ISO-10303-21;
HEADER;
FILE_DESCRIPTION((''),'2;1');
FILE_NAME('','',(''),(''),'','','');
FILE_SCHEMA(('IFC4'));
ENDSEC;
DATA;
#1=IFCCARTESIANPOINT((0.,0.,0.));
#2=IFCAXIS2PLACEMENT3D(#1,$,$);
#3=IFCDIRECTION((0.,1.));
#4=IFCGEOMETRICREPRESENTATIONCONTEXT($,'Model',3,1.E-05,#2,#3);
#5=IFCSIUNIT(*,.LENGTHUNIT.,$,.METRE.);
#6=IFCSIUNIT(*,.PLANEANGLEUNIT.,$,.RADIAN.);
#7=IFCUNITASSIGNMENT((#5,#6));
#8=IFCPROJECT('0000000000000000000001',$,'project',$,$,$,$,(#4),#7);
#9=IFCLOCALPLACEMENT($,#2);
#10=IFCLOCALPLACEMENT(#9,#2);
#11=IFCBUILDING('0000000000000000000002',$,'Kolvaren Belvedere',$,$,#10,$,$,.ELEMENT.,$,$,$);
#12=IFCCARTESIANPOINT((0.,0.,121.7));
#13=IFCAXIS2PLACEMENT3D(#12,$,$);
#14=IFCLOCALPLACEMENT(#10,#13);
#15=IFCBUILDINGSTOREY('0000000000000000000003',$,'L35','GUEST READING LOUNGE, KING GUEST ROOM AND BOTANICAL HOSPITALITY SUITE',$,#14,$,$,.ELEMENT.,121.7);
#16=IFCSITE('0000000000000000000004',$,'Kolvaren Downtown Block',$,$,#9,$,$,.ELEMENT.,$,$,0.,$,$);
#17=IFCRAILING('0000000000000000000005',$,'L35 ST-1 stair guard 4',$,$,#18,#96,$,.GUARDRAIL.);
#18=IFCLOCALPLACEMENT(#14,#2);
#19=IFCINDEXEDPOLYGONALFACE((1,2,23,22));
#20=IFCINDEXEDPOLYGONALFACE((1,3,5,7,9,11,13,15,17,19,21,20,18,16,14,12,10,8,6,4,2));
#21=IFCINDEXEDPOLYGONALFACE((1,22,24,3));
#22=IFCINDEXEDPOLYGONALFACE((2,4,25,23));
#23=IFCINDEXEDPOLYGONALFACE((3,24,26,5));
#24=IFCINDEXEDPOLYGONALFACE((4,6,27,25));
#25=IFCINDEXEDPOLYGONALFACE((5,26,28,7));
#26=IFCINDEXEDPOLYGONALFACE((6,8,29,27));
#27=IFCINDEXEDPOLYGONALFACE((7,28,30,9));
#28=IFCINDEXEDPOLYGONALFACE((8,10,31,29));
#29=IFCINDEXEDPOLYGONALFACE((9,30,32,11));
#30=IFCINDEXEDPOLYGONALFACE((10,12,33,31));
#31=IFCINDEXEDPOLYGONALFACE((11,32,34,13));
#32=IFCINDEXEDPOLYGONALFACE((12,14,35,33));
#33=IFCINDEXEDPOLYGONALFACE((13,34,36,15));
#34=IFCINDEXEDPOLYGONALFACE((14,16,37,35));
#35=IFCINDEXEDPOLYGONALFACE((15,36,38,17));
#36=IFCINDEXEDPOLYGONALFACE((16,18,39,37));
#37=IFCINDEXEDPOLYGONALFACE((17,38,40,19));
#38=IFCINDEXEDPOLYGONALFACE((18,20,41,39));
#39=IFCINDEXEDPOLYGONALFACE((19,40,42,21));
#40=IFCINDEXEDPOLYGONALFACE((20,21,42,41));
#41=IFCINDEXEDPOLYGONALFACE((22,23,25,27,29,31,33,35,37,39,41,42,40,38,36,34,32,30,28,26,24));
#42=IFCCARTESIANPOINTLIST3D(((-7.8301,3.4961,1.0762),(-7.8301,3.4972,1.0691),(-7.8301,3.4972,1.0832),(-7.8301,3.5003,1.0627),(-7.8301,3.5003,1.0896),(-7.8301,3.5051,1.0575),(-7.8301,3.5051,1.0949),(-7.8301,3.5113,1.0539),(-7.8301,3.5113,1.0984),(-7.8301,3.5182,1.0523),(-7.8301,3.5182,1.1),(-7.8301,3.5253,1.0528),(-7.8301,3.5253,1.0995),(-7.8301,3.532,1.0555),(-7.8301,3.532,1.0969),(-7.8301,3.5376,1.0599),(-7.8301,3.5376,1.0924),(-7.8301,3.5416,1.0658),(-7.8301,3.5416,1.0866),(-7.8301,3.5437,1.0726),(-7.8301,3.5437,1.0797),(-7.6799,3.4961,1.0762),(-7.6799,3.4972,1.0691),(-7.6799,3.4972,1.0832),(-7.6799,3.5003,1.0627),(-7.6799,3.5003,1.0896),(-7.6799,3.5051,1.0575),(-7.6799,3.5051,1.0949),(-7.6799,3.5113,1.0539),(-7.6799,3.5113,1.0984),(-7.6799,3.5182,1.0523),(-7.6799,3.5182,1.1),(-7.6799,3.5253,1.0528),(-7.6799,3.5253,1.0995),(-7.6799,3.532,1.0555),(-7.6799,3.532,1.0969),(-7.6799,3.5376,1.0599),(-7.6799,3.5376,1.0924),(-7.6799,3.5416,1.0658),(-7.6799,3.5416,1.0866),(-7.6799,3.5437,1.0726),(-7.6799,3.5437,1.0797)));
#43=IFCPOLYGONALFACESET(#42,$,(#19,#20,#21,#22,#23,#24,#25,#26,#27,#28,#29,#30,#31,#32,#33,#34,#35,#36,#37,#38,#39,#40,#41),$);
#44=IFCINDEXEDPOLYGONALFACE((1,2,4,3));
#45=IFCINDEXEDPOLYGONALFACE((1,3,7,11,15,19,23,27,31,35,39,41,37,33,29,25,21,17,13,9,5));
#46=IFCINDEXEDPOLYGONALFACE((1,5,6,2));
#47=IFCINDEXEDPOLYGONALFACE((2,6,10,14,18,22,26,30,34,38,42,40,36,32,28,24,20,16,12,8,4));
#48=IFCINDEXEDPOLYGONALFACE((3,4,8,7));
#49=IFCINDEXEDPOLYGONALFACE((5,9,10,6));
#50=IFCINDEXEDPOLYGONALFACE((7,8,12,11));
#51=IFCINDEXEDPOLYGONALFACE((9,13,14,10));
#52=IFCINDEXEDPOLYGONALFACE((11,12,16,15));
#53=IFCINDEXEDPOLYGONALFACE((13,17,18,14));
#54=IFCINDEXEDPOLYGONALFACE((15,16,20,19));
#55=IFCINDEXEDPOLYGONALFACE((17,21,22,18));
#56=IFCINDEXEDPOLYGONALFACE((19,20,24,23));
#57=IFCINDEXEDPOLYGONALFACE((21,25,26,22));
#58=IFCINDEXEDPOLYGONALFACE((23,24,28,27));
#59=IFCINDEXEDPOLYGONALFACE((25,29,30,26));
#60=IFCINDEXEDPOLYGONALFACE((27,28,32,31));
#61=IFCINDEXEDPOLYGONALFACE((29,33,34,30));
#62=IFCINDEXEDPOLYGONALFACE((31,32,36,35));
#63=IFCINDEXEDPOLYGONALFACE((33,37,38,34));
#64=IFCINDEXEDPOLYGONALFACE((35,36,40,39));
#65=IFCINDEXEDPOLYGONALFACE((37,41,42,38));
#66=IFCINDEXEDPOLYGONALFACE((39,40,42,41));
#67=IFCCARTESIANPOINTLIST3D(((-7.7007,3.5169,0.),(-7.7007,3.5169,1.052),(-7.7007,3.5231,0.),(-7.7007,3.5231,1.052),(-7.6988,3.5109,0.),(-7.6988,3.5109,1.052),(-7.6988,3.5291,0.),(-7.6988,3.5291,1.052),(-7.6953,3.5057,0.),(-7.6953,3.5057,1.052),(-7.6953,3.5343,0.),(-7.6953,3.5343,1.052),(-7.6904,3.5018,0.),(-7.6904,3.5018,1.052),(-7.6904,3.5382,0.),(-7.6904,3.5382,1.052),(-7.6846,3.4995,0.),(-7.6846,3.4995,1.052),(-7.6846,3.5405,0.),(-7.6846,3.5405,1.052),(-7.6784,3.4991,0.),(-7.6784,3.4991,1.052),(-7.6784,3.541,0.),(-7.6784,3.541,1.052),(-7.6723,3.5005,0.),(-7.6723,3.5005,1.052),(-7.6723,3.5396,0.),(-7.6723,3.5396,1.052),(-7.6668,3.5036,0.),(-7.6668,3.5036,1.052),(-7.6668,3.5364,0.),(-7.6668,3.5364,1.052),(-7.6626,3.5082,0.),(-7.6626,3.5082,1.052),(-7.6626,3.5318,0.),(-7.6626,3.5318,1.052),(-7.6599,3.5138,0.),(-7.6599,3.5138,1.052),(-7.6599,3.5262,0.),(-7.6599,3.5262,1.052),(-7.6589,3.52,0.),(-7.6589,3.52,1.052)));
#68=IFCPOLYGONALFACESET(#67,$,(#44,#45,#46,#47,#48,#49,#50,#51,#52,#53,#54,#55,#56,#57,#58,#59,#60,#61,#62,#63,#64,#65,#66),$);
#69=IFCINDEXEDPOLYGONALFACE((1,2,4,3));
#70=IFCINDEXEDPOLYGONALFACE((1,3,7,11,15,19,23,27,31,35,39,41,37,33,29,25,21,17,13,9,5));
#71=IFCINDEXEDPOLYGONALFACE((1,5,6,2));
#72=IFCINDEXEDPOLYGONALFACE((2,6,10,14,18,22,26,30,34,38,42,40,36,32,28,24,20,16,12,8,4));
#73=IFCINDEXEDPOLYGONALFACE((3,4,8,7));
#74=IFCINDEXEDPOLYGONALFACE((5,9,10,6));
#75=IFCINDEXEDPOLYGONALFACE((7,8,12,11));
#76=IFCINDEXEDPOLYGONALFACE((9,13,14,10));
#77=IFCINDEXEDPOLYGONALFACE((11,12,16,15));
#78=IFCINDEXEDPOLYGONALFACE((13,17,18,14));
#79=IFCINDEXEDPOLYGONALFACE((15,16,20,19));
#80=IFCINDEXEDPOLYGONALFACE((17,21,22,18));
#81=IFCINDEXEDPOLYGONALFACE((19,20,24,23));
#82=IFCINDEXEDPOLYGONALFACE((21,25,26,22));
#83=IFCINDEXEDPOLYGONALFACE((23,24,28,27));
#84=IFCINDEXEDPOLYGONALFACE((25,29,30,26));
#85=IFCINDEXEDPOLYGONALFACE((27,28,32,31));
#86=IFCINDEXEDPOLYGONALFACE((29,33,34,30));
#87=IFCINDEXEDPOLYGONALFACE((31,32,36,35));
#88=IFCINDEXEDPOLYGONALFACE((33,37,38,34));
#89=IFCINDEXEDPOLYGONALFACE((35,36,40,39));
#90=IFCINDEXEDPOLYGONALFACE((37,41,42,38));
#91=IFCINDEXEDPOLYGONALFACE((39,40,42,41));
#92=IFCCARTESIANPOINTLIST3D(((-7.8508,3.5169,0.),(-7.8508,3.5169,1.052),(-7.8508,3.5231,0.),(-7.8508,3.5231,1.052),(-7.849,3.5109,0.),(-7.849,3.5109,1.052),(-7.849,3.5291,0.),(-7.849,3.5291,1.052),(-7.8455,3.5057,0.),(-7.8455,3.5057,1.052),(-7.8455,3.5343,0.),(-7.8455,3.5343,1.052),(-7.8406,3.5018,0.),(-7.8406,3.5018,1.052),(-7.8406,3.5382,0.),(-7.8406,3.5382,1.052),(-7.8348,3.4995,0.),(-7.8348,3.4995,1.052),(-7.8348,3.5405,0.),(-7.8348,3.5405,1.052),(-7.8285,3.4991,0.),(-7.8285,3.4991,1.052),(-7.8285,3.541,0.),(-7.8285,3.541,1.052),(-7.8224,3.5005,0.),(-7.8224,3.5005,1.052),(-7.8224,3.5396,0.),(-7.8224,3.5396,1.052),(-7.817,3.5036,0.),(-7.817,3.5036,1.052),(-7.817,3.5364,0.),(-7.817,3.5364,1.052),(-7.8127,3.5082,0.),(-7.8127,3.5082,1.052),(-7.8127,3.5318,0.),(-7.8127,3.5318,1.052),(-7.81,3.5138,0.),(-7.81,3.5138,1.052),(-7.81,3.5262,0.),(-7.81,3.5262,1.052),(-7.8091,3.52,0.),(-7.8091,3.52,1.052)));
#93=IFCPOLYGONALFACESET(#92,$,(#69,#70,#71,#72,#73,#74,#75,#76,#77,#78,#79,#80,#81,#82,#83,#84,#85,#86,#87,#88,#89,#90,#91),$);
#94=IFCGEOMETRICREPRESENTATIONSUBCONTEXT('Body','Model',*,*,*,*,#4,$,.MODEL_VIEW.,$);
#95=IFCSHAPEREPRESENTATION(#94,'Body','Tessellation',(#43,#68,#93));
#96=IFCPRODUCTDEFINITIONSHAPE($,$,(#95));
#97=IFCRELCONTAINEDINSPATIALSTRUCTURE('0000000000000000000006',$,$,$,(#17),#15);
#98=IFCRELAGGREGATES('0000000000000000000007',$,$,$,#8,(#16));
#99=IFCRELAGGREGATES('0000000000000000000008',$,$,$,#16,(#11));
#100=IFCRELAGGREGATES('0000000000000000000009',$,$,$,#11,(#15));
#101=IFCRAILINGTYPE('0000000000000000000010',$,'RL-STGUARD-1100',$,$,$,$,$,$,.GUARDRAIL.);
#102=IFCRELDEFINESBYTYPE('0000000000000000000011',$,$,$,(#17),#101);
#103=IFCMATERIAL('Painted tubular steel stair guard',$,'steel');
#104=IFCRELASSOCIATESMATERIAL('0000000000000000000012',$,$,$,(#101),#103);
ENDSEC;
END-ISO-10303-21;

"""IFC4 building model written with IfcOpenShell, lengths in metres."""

from ifc_helpers import new_model, si_unit, direction, frame, origin, origin_2d, place, context, subcontext, project, spatial, circle, extrude, material, type_object, element, save


model = new_model("IFC4")

# Units and contexts
model_context = context("Model", 3, precision=1e-05, world=origin(), true_north=direction((0.0, 1.0)))
body_context = subcontext(model_context, "Body", "Model", "MODEL_VIEW")
ifc_project = project(units=[si_unit("LENGTHUNIT", "METRE"), si_unit("PLANEANGLEUNIT", "RADIAN")], contexts=[model_context])

# Site, building, storey
site_placement = place(None, origin())
site = spatial("IfcSite", under=ifc_project, at=site_placement, Name="Kolvaren Downtown Block", CompositionType="ELEMENT", RefElevation=0.0)
building_placement = place(site_placement, origin())
building = spatial("IfcBuilding", under=site, at=building_placement, Name="Kolvaren Belvedere", CompositionType="ELEMENT")
storey_placement = place(building_placement, frame((0.0, 0.0, 121.7)))
storey = spatial("IfcBuildingStorey", under=building, at=storey_placement, Name="L35", Description="GUEST READING LOUNGE, KING GUEST ROOM AND BOTANICAL HOSPITALITY SUITE", CompositionType="ELEMENT", Elevation=121.7)

# Railing
ifc_material_1 = material(Name="Painted tubular steel stair guard", Category="steel")
railing_type_1 = type_object("IfcRailingType", Name="RL-STGUARD-1100", PredefinedType="GUARDRAIL", material=ifc_material_1)
railing_1_placement = place(storey_placement, frame((-7.6799, 3.52, 0.0)))
element("IfcRailing", 1, at=railing_1_placement, inside=storey, type_object=railing_type_1, Name="L35 ST-1 stair guard 4", PredefinedType="GUARDRAIL", context=body_context, shape_type="SweptSolid", body=[
    extrude(circle(Radius=0.0239, at=origin_2d()), frame((0.0, 0.0, 1.0762), z_axis=(-1.0, 0.0, 0.0), x_axis=(0.0, -1.0, 0.0)), (0.0, 0.0, 1.0), 0.1501),
    extrude(circle(Radius=0.021, at=origin_2d()), origin(), (0.0, 0.0, 1.0), 1.052),
    extrude(circle(Radius=0.021, at=origin_2d()), frame((-0.1501, 0.0, 0.0)), (0.0, 0.0, 1.0), 1.052),
])

save(model, "model.ifc")
